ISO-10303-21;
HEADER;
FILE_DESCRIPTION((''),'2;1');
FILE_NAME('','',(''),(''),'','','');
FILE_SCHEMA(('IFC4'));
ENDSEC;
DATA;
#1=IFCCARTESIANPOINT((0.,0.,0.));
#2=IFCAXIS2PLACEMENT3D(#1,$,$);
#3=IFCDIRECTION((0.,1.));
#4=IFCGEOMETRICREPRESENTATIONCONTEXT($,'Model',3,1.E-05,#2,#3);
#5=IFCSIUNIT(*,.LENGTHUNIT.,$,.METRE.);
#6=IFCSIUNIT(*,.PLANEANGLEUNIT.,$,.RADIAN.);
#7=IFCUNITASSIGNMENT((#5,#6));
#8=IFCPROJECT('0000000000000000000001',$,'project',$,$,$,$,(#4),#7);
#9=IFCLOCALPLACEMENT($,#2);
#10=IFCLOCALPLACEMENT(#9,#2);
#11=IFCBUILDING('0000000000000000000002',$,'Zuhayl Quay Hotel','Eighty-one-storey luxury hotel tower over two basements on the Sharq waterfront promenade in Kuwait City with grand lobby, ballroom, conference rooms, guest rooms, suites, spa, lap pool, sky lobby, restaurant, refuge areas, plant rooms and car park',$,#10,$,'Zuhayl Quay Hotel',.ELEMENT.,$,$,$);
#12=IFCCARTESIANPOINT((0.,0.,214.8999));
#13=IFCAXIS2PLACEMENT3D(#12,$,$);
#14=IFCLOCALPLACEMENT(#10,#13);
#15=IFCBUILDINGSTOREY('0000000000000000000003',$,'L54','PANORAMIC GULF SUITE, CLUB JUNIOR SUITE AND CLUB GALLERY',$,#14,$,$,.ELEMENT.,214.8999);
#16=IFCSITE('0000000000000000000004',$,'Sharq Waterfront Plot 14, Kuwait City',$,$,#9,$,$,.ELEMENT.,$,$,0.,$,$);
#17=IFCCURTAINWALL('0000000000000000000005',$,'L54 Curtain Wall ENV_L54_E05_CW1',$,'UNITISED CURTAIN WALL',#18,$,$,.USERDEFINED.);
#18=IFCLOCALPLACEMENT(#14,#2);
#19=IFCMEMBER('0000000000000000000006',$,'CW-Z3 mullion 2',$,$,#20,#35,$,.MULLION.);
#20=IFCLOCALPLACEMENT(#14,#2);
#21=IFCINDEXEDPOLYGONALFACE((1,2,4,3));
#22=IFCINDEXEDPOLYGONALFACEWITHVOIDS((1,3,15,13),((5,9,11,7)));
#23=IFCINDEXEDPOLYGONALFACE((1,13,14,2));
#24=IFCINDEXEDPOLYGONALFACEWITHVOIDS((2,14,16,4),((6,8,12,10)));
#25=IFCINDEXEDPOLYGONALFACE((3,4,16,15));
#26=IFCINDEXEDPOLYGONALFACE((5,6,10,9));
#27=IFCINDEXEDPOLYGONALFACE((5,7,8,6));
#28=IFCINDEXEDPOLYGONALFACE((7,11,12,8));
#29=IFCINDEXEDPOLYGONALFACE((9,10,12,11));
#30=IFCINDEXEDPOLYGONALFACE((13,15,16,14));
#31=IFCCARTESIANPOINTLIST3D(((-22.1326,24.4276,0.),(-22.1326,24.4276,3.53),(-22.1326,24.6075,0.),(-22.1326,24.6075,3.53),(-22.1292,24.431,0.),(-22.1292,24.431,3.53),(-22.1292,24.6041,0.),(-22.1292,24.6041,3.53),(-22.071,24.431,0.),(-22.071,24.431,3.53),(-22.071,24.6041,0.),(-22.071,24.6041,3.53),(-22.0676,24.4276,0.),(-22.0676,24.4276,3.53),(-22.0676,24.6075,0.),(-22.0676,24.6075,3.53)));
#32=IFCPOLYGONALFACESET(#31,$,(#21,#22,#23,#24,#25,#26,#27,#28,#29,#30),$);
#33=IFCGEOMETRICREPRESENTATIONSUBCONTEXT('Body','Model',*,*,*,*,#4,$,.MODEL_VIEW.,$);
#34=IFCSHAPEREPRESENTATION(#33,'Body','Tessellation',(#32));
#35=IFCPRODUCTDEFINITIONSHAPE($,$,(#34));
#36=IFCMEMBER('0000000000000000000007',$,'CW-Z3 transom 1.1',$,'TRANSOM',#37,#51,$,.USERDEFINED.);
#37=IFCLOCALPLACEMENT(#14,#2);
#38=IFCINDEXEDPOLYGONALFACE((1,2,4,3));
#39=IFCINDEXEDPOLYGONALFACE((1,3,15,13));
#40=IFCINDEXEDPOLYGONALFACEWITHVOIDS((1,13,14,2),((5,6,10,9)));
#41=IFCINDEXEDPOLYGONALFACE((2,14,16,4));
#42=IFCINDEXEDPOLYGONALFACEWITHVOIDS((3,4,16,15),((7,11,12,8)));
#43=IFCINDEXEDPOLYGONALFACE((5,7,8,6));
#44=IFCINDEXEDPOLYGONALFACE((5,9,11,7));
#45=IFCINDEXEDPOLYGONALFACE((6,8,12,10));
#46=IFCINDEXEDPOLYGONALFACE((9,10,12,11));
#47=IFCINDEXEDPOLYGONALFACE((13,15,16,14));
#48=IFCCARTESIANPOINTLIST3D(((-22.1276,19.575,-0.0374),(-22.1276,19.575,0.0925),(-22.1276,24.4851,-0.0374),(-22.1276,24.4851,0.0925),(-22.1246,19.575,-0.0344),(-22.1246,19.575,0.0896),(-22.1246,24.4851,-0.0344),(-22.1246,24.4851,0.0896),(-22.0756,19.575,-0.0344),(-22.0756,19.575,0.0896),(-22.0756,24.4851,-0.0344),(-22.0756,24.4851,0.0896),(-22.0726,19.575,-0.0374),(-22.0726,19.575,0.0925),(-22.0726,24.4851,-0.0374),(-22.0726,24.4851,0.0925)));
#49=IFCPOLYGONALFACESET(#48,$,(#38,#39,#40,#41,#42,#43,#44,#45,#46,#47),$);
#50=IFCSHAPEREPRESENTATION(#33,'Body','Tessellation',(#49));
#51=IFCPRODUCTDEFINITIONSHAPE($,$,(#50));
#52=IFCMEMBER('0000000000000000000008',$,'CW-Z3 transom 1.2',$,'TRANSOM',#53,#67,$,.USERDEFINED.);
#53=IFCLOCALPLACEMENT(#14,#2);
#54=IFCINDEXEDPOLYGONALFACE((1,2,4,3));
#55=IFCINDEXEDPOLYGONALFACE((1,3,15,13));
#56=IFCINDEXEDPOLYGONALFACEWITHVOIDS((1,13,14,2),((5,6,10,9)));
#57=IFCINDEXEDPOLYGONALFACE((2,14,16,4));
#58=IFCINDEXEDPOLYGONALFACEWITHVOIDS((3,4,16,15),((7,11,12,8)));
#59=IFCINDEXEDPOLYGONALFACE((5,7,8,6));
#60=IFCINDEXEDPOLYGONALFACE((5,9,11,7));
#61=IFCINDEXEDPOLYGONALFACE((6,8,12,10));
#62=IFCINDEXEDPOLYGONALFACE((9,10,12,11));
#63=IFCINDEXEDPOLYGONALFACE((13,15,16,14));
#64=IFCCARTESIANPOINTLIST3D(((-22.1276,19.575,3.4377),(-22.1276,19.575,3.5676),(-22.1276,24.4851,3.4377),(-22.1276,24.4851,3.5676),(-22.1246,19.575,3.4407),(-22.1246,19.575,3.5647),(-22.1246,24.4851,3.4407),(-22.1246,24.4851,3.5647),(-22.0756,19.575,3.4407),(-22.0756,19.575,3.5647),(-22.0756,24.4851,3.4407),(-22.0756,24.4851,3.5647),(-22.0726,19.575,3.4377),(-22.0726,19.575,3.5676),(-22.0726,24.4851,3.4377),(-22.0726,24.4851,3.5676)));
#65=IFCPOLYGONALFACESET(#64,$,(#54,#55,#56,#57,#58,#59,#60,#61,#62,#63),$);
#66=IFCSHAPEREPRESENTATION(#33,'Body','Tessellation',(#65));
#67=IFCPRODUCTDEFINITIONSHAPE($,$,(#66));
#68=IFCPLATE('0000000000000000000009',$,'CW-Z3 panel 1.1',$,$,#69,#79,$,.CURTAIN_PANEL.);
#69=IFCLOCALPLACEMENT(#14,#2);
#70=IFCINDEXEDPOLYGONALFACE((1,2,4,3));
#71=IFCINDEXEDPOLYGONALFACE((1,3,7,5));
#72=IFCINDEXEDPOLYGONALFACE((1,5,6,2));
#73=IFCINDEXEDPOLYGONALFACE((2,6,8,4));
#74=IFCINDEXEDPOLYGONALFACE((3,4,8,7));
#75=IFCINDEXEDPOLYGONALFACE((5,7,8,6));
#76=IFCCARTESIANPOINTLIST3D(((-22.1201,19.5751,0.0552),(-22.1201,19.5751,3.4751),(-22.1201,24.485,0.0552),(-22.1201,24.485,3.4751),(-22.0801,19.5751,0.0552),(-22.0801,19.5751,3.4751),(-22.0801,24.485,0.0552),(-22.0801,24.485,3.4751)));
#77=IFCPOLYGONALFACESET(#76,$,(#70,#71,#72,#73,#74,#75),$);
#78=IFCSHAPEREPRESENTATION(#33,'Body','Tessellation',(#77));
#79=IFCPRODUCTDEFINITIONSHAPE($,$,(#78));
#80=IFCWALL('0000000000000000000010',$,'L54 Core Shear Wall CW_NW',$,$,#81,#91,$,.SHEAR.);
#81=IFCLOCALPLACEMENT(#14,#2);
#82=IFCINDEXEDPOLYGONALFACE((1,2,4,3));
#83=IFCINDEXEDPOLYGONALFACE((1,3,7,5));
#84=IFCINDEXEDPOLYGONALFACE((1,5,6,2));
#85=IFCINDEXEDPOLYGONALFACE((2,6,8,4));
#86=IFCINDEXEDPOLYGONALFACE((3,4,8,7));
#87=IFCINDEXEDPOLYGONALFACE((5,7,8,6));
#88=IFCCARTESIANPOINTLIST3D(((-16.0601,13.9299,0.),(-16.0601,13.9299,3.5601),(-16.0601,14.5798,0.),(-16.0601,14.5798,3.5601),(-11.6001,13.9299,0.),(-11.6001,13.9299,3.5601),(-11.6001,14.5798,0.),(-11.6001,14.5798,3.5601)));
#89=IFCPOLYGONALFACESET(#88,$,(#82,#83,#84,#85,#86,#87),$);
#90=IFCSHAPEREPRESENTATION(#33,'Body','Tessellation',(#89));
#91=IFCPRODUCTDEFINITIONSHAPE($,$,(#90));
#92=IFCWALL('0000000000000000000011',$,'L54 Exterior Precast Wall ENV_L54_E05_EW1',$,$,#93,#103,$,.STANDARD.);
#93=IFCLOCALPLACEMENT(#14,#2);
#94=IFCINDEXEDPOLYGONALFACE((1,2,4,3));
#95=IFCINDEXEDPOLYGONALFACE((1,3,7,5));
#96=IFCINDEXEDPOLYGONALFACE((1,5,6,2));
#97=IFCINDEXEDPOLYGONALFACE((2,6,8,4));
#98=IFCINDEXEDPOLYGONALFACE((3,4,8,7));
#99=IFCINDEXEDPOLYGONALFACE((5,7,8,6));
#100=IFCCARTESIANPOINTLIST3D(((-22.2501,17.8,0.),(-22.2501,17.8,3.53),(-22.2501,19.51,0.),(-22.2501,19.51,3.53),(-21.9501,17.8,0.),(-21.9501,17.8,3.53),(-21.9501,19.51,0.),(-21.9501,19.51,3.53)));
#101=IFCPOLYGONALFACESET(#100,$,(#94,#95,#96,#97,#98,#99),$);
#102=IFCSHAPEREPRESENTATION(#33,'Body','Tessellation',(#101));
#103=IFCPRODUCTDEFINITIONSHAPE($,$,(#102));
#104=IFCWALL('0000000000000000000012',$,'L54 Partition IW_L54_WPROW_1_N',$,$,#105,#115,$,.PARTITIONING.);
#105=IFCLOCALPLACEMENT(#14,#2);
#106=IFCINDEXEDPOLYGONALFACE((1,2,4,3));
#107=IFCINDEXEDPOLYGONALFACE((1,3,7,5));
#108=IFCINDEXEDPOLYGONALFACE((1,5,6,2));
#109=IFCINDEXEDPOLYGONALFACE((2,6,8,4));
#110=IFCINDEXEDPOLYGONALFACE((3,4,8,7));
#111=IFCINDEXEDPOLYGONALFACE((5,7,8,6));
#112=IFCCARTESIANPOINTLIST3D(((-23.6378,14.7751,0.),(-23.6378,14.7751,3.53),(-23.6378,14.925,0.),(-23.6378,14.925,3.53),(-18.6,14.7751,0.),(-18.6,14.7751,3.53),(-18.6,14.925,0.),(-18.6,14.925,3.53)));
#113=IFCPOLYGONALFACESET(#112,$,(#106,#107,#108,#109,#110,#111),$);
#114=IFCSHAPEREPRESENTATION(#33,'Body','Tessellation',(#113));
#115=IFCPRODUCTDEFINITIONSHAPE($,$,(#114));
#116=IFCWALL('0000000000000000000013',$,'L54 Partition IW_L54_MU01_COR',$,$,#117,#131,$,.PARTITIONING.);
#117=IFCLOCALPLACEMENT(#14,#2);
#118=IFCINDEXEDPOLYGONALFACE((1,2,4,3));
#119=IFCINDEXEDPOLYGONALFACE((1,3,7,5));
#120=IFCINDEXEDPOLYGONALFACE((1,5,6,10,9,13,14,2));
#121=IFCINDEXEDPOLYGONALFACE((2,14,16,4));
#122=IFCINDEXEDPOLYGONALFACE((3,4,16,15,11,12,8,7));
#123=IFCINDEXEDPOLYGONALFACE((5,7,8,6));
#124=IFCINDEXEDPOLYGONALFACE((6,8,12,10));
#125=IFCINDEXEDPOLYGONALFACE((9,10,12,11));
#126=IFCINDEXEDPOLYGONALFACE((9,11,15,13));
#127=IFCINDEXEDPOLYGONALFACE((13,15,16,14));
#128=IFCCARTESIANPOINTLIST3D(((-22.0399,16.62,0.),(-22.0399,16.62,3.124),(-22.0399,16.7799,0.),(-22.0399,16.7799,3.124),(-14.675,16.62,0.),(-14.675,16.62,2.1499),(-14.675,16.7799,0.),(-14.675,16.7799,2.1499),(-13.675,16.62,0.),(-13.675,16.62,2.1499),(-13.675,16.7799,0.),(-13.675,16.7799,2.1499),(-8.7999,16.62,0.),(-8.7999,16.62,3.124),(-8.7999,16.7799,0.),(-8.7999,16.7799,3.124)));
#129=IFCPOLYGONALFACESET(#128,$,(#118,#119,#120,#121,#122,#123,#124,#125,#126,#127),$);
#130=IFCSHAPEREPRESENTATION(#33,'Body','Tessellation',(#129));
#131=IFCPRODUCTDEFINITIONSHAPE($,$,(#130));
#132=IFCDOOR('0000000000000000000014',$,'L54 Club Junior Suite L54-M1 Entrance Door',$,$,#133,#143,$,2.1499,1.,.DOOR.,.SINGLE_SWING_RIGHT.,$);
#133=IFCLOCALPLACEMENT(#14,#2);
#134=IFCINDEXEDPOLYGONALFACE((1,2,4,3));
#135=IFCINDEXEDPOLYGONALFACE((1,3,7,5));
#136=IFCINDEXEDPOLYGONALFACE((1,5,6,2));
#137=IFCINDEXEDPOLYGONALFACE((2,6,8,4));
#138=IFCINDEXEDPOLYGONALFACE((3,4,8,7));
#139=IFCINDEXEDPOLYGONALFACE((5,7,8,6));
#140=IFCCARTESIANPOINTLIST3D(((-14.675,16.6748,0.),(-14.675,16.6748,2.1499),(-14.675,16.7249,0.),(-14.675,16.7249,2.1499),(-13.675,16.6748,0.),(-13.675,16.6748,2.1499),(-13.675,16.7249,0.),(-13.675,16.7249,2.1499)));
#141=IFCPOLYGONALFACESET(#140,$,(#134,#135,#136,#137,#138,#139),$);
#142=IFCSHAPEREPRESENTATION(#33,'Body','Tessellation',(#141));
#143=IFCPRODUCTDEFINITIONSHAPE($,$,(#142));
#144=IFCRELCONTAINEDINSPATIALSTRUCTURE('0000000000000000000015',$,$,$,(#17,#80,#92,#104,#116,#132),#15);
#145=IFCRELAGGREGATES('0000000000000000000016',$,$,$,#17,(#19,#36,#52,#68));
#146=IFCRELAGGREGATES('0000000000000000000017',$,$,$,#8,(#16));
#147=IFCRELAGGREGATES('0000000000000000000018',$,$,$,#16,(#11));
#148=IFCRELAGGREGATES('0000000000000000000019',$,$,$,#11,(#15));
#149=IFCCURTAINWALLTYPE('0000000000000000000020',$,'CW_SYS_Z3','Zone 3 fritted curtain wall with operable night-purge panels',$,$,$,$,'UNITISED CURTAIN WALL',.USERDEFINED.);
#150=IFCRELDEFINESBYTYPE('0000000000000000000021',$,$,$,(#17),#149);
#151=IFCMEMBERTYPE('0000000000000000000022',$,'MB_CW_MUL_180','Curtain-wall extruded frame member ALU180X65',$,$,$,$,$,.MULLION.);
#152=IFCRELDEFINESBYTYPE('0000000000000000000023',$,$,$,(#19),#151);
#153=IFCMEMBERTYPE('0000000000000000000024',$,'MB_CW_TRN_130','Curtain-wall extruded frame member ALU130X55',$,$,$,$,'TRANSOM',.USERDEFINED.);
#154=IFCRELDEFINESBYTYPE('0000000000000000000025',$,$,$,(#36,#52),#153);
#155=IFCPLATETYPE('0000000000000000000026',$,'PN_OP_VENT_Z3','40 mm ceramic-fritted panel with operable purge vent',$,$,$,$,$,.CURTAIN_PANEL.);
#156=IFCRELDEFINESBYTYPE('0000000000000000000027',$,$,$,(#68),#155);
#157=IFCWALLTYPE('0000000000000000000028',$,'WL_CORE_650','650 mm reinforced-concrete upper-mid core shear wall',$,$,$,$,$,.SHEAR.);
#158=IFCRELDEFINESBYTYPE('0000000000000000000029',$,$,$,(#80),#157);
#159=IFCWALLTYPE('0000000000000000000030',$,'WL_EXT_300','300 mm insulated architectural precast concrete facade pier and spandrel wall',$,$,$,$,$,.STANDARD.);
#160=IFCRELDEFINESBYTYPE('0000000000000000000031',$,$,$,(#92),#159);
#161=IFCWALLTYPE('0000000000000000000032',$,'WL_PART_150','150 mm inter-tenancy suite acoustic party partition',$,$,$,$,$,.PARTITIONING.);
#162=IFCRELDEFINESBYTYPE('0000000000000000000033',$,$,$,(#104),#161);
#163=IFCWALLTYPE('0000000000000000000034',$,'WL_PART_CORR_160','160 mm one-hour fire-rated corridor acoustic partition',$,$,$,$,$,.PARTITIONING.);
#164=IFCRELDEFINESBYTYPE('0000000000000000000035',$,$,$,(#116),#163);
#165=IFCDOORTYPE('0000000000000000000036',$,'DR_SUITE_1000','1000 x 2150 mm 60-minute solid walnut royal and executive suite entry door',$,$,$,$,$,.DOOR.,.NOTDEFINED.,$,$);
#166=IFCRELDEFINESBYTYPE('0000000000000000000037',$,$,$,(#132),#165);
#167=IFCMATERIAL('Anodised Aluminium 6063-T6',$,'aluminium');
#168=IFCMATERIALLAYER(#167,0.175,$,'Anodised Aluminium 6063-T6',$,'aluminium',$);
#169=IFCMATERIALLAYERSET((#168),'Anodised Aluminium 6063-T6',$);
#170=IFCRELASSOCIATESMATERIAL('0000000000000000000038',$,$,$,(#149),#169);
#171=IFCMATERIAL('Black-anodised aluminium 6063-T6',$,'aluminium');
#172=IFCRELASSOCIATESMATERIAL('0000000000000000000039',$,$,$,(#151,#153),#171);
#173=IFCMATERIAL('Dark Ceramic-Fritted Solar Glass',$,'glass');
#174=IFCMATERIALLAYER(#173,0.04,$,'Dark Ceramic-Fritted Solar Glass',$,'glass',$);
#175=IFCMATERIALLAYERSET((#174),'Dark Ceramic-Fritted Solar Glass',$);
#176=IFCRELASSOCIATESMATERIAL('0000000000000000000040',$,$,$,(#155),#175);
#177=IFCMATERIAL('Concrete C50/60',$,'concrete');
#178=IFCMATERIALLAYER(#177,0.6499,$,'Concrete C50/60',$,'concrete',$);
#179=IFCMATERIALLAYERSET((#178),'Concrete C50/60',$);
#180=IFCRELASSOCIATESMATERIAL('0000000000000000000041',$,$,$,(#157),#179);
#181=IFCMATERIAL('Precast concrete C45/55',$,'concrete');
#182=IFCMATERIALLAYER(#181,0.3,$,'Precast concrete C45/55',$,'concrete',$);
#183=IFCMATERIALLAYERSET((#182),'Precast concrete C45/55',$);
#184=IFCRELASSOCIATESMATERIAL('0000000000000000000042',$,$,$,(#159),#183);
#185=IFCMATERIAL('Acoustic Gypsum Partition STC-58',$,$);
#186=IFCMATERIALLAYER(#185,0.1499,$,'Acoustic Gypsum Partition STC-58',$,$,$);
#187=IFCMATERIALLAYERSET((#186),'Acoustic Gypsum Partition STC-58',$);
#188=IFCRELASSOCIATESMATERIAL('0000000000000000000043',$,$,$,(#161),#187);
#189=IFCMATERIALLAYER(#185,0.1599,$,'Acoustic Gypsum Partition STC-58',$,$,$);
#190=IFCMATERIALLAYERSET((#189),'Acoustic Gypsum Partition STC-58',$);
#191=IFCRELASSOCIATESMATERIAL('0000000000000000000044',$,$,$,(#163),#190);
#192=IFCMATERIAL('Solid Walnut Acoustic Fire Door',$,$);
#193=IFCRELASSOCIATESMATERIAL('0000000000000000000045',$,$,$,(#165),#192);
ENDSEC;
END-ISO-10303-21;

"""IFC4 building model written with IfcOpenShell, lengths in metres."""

from ifc_helpers import new_model, si_unit, direction, frame, frame_2d, origin, origin_2d, place, context, subcontext, project, spatial, rectangle, hollow_rectangle, extrude, material, layer, layer_set, material_profile, profile_set, type_object, element, fill, aggregate, save


model = new_model("IFC4")

# Units and contexts
model_context = context("Model", 3, precision=1e-05, world=origin(), true_north=direction((0.0, 1.0)))
body_context = subcontext(model_context, "Body", "Model", "MODEL_VIEW")
ifc_project = project(units=[si_unit("LENGTHUNIT", "METRE"), si_unit("PLANEANGLEUNIT", "RADIAN")], contexts=[model_context])

# Site, building, storey
site_placement = place(None, origin())
site = spatial("IfcSite", under=ifc_project, at=site_placement, Name="Sharq Waterfront Plot 14, Kuwait City", CompositionType="ELEMENT", RefElevation=0.0)
building_placement = place(site_placement, origin())
building = spatial("IfcBuilding", under=site, at=building_placement, Name="Zuhayl Quay Hotel", Description="Eighty-one-storey luxury hotel tower over two basements on the Sharq waterfront promenade in Kuwait City with grand lobby, ballroom, conference rooms, guest rooms, suites, spa, lap pool, sky lobby, restaurant, refuge areas, plant rooms and car park", LongName="Zuhayl Quay Hotel", CompositionType="ELEMENT")
storey_placement = place(building_placement, frame((0.0, 0.0, 214.8999)))
storey = spatial("IfcBuildingStorey", under=building, at=storey_placement, Name="L54", Description="PANORAMIC GULF SUITE, CLUB JUNIOR SUITE AND CLUB GALLERY", CompositionType="ELEMENT", Elevation=214.8999)

# Curtain wall, members, plate
ifc_material_1 = material(Name="Anodised Aluminium 6063-T6", Category="aluminium")
ifc_layer_1 = layer(ifc_material_1, 0.175, Name="Anodised Aluminium 6063-T6", Category="aluminium")
ifc_layer_set_1 = layer_set([ifc_layer_1], Name="Anodised Aluminium 6063-T6")
curtain_wall_type = type_object("IfcCurtainWallType", Name="CW_SYS_Z3", Description="Zone 3 fritted curtain wall with operable night-purge panels", ElementType="UNITISED CURTAIN WALL", PredefinedType="USERDEFINED", material=ifc_layer_set_1)
curtain_wall_placement = place(storey_placement, origin())
curtain_wall = element("IfcCurtainWall", 1, at=curtain_wall_placement, inside=storey, type_object=curtain_wall_type, Name="L54 Curtain Wall ENV_L54_E05_CW1", ObjectType="UNITISED CURTAIN WALL", PredefinedType="USERDEFINED")
ifc_material_2 = material(Name="Black-anodised aluminium 6063-T6", Category="aluminium")
ifc_material_profile_1 = material_profile(ifc_material_2, hollow_rectangle(XDim=0.0649, YDim=0.1799, WallThickness=0.0034, at=origin_2d()), Name="ALU180X65")
ifc_profile_set_1 = profile_set([ifc_material_profile_1], Name="Black-anodised aluminium 6063-T6")
member_type_1 = type_object("IfcMemberType", Name="MB_CW_MUL_180", Description="Curtain-wall extruded frame member ALU180X65", PredefinedType="MULLION", material=ifc_profile_set_1)
member_1_placement = place(storey_placement, frame((-22.1001, 24.5176, 0.0), z_axis=(0.0, 0.0, 1.0), x_axis=(-1.0, 0.0, 0.0)))
member_1 = element("IfcMember", 2, at=member_1_placement, type_object=member_type_1, Name="CW-Z3 mullion 2", PredefinedType="MULLION", context=body_context, shape_type="SweptSolid", body=[
    extrude(hollow_rectangle(XDim=0.0649, YDim=0.1799, WallThickness=0.0034, at=origin_2d()), origin(), (0.0, 0.0, 1.0), 3.53),
])
ifc_material_profile_2 = material_profile(ifc_material_2, hollow_rectangle(XDim=0.0549, YDim=0.1299, WallThickness=0.0029, at=origin_2d()), Name="ALU130X55")
ifc_profile_set_2 = profile_set([ifc_material_profile_2], Name="Black-anodised aluminium 6063-T6")
member_type_2 = type_object("IfcMemberType", Name="MB_CW_TRN_130", Description="Curtain-wall extruded frame member ALU130X55", ElementType="TRANSOM", PredefinedType="USERDEFINED", material=ifc_profile_set_2)
member_2_placement = place(storey_placement, frame((-22.1001, 19.575, 0.0276), z_axis=(0.0, 1.0, 0.0), x_axis=(-1.0, 0.0, 0.0)))
member_2 = element("IfcMember", 3, at=member_2_placement, type_object=member_type_2, Name="CW-Z3 transom 1.1", ObjectType="TRANSOM", PredefinedType="USERDEFINED", context=body_context, shape_type="SweptSolid", body=[
    extrude(hollow_rectangle(XDim=0.0549, YDim=0.1299, WallThickness=0.0029, at=origin_2d()), origin(), (0.0, 0.0, 1.0), 4.9102),
])
member_3_placement = place(storey_placement, frame((-22.1001, 19.575, 3.5027), z_axis=(0.0, 1.0, 0.0), x_axis=(-1.0, 0.0, 0.0)))
member_3 = element("IfcMember", 4, at=member_3_placement, type_object=member_type_2, Name="CW-Z3 transom 1.2", ObjectType="TRANSOM", PredefinedType="USERDEFINED", context=body_context, shape_type="SweptSolid", body=[
    extrude(hollow_rectangle(XDim=0.0549, YDim=0.1299, WallThickness=0.0029, at=origin_2d()), origin(), (0.0, 0.0, 1.0), 4.9102),
])
ifc_material_3 = material(Name="Dark Ceramic-Fritted Solar Glass", Category="glass")
ifc_layer_2 = layer(ifc_material_3, 0.04, Name="Dark Ceramic-Fritted Solar Glass", Category="glass")
ifc_layer_set_2 = layer_set([ifc_layer_2], Name="Dark Ceramic-Fritted Solar Glass")
plate_type = type_object("IfcPlateType", Name="PN_OP_VENT_Z3", Description="40 mm ceramic-fritted panel with operable purge vent", PredefinedType="CURTAIN_PANEL", material=ifc_layer_set_2)
plate_placement = place(storey_placement, frame((-22.1001, 22.03, 0.0552), z_axis=(0.0, 0.0, 1.0), x_axis=(0.0, 1.0, 0.0)))
plate = element("IfcPlate", 5, at=plate_placement, type_object=plate_type, Name="CW-Z3 panel 1.1", PredefinedType="CURTAIN_PANEL", context=body_context, shape_type="SweptSolid", body=[
    extrude(rectangle(XDim=4.9099, YDim=0.04, at=origin_2d()), origin(), (0.0, 0.0, 1.0), 3.4199),
])
aggregate(curtain_wall, [member_1, member_2, member_3, plate])

# Walls
ifc_material_4 = material(Name="Concrete C50/60", Category="concrete")
ifc_layer_3 = layer(ifc_material_4, 0.6499, Name="Concrete C50/60", Category="concrete")
ifc_layer_set_3 = layer_set([ifc_layer_3], Name="Concrete C50/60")
wall_type_1 = type_object("IfcWallType", Name="WL_CORE_650", Description="650 mm reinforced-concrete upper-mid core shear wall", PredefinedType="SHEAR", material=ifc_layer_set_3)
wall_1_placement = place(storey_placement, frame((-16.0601, 14.2549, 0.0), z_axis=(0.0, 0.0, 1.0), x_axis=(1.0, 0.0, 0.0)))
element("IfcWall", 6, at=wall_1_placement, inside=storey, type_object=wall_type_1, Name="L54 Core Shear Wall CW_NW", PredefinedType="SHEAR", context=body_context, shape_type="SweptSolid", body=[
    extrude(rectangle(XDim=4.46, YDim=0.6499, at=frame_2d((2.23, 0.0))), origin(), (0.0, 0.0, 1.0), 3.5601),
])
ifc_material_5 = material(Name="Precast concrete C45/55", Category="concrete")
ifc_layer_4 = layer(ifc_material_5, 0.3, Name="Precast concrete C45/55", Category="concrete")
ifc_layer_set_4 = layer_set([ifc_layer_4], Name="Precast concrete C45/55")
wall_type_2 = type_object("IfcWallType", Name="WL_EXT_300", Description="300 mm insulated architectural precast concrete facade pier and spandrel wall", PredefinedType="STANDARD", material=ifc_layer_set_4)
wall_2_placement = place(storey_placement, frame((-22.1001, 17.8, 0.0), z_axis=(0.0, 0.0, 1.0), x_axis=(0.0, 1.0, 0.0)))
element("IfcWall", 7, at=wall_2_placement, inside=storey, type_object=wall_type_2, Name="L54 Exterior Precast Wall ENV_L54_E05_EW1", PredefinedType="STANDARD", context=body_context, shape_type="SweptSolid", body=[
    extrude(rectangle(XDim=1.71, YDim=0.3, at=frame_2d((0.855, 0.0))), origin(), (0.0, 0.0, 1.0), 3.53),
])
ifc_material_6 = material(Name="Acoustic Gypsum Partition STC-58")
ifc_layer_5 = layer(ifc_material_6, 0.1499, Name="Acoustic Gypsum Partition STC-58")
ifc_layer_set_5 = layer_set([ifc_layer_5], Name="Acoustic Gypsum Partition STC-58")
wall_type_3 = type_object("IfcWallType", Name="WL_PART_150", Description="150 mm inter-tenancy suite acoustic party partition", PredefinedType="PARTITIONING", material=ifc_layer_set_5)
wall_3_placement = place(storey_placement, frame((-23.6379, 14.8501, 0.0), z_axis=(0.0, 0.0, 1.0), x_axis=(1.0, 0.0, 0.0)))
element("IfcWall", 8, at=wall_3_placement, inside=storey, type_object=wall_type_3, Name="L54 Partition IW_L54_WPROW_1_N", PredefinedType="PARTITIONING", context=body_context, shape_type="SweptSolid", body=[
    extrude(rectangle(XDim=5.0378, YDim=0.1499, at=frame_2d((2.519, 0.0))), origin(), (0.0, 0.0, 1.0), 3.53),
])

# Wall, opening, door
ifc_layer_6 = layer(ifc_material_6, 0.1599, Name="Acoustic Gypsum Partition STC-58")
ifc_layer_set_6 = layer_set([ifc_layer_6], Name="Acoustic Gypsum Partition STC-58")
wall_type_4 = type_object("IfcWallType", Name="WL_PART_CORR_160", Description="160 mm one-hour fire-rated corridor acoustic partition", PredefinedType="PARTITIONING", material=ifc_layer_set_6)
wall_4_placement = place(storey_placement, frame((-22.04, 16.7, 0.0), z_axis=(0.0, 0.0, 1.0), x_axis=(1.0, 0.0, 0.0)))
wall_4 = element("IfcWall", 9, at=wall_4_placement, inside=storey, type_object=wall_type_4, Name="L54 Partition IW_L54_MU01_COR", PredefinedType="PARTITIONING", context=body_context, shape_type="SweptSolid", body=[
    extrude(rectangle(XDim=13.24, YDim=0.1599, at=frame_2d((6.6201, 0.0))), origin(), (0.0, 0.0, 1.0), 3.124),
])
opening_1_placement = place(wall_4_placement, frame((7.365, 0.0, 0.0)))
opening_1 = element("IfcOpeningElement", 10, at=opening_1_placement, cuts=wall_4, PredefinedType="OPENING", context=body_context, shape_type="SweptSolid", body=[
    extrude(rectangle(XDim=1.0, YDim=2.1499, at=frame_2d((0.5, 1.075))), frame((0.0, 0.0898, 0.0), z_axis=(0.0, -1.0, 0.0), x_axis=(1.0, 0.0, 0.0)), (0.0, 0.0, 1.0), 0.1799),
])
ifc_material_7 = material(Name="Solid Walnut Acoustic Fire Door")
door_type_1 = type_object("IfcDoorType", Name="DR_SUITE_1000", Description="1000 x 2150 mm 60-minute solid walnut royal and executive suite entry door", OperationType="NOTDEFINED", PredefinedType="DOOR", material=ifc_material_7)
door_1_placement = place(opening_1_placement, origin())
door_1 = element("IfcDoor", 11, at=door_1_placement, inside=storey, type_object=door_type_1, Name="L54 Club Junior Suite L54-M1 Entrance Door", OperationType="SINGLE_SWING_RIGHT", OverallHeight=2.1499, OverallWidth=1.0, PredefinedType="DOOR", context=body_context, shape_type="SweptSolid", body=[
    extrude(rectangle(XDim=1.0, YDim=2.1499, at=frame_2d((0.5, 1.075))), frame((0.0, 0.0249, 0.0), z_axis=(0.0, -1.0, 0.0), x_axis=(1.0, 0.0, 0.0)), (0.0, 0.0, 1.0), 0.05),
])
fill(opening_1, door_1)

save(model, "model.ifc")
